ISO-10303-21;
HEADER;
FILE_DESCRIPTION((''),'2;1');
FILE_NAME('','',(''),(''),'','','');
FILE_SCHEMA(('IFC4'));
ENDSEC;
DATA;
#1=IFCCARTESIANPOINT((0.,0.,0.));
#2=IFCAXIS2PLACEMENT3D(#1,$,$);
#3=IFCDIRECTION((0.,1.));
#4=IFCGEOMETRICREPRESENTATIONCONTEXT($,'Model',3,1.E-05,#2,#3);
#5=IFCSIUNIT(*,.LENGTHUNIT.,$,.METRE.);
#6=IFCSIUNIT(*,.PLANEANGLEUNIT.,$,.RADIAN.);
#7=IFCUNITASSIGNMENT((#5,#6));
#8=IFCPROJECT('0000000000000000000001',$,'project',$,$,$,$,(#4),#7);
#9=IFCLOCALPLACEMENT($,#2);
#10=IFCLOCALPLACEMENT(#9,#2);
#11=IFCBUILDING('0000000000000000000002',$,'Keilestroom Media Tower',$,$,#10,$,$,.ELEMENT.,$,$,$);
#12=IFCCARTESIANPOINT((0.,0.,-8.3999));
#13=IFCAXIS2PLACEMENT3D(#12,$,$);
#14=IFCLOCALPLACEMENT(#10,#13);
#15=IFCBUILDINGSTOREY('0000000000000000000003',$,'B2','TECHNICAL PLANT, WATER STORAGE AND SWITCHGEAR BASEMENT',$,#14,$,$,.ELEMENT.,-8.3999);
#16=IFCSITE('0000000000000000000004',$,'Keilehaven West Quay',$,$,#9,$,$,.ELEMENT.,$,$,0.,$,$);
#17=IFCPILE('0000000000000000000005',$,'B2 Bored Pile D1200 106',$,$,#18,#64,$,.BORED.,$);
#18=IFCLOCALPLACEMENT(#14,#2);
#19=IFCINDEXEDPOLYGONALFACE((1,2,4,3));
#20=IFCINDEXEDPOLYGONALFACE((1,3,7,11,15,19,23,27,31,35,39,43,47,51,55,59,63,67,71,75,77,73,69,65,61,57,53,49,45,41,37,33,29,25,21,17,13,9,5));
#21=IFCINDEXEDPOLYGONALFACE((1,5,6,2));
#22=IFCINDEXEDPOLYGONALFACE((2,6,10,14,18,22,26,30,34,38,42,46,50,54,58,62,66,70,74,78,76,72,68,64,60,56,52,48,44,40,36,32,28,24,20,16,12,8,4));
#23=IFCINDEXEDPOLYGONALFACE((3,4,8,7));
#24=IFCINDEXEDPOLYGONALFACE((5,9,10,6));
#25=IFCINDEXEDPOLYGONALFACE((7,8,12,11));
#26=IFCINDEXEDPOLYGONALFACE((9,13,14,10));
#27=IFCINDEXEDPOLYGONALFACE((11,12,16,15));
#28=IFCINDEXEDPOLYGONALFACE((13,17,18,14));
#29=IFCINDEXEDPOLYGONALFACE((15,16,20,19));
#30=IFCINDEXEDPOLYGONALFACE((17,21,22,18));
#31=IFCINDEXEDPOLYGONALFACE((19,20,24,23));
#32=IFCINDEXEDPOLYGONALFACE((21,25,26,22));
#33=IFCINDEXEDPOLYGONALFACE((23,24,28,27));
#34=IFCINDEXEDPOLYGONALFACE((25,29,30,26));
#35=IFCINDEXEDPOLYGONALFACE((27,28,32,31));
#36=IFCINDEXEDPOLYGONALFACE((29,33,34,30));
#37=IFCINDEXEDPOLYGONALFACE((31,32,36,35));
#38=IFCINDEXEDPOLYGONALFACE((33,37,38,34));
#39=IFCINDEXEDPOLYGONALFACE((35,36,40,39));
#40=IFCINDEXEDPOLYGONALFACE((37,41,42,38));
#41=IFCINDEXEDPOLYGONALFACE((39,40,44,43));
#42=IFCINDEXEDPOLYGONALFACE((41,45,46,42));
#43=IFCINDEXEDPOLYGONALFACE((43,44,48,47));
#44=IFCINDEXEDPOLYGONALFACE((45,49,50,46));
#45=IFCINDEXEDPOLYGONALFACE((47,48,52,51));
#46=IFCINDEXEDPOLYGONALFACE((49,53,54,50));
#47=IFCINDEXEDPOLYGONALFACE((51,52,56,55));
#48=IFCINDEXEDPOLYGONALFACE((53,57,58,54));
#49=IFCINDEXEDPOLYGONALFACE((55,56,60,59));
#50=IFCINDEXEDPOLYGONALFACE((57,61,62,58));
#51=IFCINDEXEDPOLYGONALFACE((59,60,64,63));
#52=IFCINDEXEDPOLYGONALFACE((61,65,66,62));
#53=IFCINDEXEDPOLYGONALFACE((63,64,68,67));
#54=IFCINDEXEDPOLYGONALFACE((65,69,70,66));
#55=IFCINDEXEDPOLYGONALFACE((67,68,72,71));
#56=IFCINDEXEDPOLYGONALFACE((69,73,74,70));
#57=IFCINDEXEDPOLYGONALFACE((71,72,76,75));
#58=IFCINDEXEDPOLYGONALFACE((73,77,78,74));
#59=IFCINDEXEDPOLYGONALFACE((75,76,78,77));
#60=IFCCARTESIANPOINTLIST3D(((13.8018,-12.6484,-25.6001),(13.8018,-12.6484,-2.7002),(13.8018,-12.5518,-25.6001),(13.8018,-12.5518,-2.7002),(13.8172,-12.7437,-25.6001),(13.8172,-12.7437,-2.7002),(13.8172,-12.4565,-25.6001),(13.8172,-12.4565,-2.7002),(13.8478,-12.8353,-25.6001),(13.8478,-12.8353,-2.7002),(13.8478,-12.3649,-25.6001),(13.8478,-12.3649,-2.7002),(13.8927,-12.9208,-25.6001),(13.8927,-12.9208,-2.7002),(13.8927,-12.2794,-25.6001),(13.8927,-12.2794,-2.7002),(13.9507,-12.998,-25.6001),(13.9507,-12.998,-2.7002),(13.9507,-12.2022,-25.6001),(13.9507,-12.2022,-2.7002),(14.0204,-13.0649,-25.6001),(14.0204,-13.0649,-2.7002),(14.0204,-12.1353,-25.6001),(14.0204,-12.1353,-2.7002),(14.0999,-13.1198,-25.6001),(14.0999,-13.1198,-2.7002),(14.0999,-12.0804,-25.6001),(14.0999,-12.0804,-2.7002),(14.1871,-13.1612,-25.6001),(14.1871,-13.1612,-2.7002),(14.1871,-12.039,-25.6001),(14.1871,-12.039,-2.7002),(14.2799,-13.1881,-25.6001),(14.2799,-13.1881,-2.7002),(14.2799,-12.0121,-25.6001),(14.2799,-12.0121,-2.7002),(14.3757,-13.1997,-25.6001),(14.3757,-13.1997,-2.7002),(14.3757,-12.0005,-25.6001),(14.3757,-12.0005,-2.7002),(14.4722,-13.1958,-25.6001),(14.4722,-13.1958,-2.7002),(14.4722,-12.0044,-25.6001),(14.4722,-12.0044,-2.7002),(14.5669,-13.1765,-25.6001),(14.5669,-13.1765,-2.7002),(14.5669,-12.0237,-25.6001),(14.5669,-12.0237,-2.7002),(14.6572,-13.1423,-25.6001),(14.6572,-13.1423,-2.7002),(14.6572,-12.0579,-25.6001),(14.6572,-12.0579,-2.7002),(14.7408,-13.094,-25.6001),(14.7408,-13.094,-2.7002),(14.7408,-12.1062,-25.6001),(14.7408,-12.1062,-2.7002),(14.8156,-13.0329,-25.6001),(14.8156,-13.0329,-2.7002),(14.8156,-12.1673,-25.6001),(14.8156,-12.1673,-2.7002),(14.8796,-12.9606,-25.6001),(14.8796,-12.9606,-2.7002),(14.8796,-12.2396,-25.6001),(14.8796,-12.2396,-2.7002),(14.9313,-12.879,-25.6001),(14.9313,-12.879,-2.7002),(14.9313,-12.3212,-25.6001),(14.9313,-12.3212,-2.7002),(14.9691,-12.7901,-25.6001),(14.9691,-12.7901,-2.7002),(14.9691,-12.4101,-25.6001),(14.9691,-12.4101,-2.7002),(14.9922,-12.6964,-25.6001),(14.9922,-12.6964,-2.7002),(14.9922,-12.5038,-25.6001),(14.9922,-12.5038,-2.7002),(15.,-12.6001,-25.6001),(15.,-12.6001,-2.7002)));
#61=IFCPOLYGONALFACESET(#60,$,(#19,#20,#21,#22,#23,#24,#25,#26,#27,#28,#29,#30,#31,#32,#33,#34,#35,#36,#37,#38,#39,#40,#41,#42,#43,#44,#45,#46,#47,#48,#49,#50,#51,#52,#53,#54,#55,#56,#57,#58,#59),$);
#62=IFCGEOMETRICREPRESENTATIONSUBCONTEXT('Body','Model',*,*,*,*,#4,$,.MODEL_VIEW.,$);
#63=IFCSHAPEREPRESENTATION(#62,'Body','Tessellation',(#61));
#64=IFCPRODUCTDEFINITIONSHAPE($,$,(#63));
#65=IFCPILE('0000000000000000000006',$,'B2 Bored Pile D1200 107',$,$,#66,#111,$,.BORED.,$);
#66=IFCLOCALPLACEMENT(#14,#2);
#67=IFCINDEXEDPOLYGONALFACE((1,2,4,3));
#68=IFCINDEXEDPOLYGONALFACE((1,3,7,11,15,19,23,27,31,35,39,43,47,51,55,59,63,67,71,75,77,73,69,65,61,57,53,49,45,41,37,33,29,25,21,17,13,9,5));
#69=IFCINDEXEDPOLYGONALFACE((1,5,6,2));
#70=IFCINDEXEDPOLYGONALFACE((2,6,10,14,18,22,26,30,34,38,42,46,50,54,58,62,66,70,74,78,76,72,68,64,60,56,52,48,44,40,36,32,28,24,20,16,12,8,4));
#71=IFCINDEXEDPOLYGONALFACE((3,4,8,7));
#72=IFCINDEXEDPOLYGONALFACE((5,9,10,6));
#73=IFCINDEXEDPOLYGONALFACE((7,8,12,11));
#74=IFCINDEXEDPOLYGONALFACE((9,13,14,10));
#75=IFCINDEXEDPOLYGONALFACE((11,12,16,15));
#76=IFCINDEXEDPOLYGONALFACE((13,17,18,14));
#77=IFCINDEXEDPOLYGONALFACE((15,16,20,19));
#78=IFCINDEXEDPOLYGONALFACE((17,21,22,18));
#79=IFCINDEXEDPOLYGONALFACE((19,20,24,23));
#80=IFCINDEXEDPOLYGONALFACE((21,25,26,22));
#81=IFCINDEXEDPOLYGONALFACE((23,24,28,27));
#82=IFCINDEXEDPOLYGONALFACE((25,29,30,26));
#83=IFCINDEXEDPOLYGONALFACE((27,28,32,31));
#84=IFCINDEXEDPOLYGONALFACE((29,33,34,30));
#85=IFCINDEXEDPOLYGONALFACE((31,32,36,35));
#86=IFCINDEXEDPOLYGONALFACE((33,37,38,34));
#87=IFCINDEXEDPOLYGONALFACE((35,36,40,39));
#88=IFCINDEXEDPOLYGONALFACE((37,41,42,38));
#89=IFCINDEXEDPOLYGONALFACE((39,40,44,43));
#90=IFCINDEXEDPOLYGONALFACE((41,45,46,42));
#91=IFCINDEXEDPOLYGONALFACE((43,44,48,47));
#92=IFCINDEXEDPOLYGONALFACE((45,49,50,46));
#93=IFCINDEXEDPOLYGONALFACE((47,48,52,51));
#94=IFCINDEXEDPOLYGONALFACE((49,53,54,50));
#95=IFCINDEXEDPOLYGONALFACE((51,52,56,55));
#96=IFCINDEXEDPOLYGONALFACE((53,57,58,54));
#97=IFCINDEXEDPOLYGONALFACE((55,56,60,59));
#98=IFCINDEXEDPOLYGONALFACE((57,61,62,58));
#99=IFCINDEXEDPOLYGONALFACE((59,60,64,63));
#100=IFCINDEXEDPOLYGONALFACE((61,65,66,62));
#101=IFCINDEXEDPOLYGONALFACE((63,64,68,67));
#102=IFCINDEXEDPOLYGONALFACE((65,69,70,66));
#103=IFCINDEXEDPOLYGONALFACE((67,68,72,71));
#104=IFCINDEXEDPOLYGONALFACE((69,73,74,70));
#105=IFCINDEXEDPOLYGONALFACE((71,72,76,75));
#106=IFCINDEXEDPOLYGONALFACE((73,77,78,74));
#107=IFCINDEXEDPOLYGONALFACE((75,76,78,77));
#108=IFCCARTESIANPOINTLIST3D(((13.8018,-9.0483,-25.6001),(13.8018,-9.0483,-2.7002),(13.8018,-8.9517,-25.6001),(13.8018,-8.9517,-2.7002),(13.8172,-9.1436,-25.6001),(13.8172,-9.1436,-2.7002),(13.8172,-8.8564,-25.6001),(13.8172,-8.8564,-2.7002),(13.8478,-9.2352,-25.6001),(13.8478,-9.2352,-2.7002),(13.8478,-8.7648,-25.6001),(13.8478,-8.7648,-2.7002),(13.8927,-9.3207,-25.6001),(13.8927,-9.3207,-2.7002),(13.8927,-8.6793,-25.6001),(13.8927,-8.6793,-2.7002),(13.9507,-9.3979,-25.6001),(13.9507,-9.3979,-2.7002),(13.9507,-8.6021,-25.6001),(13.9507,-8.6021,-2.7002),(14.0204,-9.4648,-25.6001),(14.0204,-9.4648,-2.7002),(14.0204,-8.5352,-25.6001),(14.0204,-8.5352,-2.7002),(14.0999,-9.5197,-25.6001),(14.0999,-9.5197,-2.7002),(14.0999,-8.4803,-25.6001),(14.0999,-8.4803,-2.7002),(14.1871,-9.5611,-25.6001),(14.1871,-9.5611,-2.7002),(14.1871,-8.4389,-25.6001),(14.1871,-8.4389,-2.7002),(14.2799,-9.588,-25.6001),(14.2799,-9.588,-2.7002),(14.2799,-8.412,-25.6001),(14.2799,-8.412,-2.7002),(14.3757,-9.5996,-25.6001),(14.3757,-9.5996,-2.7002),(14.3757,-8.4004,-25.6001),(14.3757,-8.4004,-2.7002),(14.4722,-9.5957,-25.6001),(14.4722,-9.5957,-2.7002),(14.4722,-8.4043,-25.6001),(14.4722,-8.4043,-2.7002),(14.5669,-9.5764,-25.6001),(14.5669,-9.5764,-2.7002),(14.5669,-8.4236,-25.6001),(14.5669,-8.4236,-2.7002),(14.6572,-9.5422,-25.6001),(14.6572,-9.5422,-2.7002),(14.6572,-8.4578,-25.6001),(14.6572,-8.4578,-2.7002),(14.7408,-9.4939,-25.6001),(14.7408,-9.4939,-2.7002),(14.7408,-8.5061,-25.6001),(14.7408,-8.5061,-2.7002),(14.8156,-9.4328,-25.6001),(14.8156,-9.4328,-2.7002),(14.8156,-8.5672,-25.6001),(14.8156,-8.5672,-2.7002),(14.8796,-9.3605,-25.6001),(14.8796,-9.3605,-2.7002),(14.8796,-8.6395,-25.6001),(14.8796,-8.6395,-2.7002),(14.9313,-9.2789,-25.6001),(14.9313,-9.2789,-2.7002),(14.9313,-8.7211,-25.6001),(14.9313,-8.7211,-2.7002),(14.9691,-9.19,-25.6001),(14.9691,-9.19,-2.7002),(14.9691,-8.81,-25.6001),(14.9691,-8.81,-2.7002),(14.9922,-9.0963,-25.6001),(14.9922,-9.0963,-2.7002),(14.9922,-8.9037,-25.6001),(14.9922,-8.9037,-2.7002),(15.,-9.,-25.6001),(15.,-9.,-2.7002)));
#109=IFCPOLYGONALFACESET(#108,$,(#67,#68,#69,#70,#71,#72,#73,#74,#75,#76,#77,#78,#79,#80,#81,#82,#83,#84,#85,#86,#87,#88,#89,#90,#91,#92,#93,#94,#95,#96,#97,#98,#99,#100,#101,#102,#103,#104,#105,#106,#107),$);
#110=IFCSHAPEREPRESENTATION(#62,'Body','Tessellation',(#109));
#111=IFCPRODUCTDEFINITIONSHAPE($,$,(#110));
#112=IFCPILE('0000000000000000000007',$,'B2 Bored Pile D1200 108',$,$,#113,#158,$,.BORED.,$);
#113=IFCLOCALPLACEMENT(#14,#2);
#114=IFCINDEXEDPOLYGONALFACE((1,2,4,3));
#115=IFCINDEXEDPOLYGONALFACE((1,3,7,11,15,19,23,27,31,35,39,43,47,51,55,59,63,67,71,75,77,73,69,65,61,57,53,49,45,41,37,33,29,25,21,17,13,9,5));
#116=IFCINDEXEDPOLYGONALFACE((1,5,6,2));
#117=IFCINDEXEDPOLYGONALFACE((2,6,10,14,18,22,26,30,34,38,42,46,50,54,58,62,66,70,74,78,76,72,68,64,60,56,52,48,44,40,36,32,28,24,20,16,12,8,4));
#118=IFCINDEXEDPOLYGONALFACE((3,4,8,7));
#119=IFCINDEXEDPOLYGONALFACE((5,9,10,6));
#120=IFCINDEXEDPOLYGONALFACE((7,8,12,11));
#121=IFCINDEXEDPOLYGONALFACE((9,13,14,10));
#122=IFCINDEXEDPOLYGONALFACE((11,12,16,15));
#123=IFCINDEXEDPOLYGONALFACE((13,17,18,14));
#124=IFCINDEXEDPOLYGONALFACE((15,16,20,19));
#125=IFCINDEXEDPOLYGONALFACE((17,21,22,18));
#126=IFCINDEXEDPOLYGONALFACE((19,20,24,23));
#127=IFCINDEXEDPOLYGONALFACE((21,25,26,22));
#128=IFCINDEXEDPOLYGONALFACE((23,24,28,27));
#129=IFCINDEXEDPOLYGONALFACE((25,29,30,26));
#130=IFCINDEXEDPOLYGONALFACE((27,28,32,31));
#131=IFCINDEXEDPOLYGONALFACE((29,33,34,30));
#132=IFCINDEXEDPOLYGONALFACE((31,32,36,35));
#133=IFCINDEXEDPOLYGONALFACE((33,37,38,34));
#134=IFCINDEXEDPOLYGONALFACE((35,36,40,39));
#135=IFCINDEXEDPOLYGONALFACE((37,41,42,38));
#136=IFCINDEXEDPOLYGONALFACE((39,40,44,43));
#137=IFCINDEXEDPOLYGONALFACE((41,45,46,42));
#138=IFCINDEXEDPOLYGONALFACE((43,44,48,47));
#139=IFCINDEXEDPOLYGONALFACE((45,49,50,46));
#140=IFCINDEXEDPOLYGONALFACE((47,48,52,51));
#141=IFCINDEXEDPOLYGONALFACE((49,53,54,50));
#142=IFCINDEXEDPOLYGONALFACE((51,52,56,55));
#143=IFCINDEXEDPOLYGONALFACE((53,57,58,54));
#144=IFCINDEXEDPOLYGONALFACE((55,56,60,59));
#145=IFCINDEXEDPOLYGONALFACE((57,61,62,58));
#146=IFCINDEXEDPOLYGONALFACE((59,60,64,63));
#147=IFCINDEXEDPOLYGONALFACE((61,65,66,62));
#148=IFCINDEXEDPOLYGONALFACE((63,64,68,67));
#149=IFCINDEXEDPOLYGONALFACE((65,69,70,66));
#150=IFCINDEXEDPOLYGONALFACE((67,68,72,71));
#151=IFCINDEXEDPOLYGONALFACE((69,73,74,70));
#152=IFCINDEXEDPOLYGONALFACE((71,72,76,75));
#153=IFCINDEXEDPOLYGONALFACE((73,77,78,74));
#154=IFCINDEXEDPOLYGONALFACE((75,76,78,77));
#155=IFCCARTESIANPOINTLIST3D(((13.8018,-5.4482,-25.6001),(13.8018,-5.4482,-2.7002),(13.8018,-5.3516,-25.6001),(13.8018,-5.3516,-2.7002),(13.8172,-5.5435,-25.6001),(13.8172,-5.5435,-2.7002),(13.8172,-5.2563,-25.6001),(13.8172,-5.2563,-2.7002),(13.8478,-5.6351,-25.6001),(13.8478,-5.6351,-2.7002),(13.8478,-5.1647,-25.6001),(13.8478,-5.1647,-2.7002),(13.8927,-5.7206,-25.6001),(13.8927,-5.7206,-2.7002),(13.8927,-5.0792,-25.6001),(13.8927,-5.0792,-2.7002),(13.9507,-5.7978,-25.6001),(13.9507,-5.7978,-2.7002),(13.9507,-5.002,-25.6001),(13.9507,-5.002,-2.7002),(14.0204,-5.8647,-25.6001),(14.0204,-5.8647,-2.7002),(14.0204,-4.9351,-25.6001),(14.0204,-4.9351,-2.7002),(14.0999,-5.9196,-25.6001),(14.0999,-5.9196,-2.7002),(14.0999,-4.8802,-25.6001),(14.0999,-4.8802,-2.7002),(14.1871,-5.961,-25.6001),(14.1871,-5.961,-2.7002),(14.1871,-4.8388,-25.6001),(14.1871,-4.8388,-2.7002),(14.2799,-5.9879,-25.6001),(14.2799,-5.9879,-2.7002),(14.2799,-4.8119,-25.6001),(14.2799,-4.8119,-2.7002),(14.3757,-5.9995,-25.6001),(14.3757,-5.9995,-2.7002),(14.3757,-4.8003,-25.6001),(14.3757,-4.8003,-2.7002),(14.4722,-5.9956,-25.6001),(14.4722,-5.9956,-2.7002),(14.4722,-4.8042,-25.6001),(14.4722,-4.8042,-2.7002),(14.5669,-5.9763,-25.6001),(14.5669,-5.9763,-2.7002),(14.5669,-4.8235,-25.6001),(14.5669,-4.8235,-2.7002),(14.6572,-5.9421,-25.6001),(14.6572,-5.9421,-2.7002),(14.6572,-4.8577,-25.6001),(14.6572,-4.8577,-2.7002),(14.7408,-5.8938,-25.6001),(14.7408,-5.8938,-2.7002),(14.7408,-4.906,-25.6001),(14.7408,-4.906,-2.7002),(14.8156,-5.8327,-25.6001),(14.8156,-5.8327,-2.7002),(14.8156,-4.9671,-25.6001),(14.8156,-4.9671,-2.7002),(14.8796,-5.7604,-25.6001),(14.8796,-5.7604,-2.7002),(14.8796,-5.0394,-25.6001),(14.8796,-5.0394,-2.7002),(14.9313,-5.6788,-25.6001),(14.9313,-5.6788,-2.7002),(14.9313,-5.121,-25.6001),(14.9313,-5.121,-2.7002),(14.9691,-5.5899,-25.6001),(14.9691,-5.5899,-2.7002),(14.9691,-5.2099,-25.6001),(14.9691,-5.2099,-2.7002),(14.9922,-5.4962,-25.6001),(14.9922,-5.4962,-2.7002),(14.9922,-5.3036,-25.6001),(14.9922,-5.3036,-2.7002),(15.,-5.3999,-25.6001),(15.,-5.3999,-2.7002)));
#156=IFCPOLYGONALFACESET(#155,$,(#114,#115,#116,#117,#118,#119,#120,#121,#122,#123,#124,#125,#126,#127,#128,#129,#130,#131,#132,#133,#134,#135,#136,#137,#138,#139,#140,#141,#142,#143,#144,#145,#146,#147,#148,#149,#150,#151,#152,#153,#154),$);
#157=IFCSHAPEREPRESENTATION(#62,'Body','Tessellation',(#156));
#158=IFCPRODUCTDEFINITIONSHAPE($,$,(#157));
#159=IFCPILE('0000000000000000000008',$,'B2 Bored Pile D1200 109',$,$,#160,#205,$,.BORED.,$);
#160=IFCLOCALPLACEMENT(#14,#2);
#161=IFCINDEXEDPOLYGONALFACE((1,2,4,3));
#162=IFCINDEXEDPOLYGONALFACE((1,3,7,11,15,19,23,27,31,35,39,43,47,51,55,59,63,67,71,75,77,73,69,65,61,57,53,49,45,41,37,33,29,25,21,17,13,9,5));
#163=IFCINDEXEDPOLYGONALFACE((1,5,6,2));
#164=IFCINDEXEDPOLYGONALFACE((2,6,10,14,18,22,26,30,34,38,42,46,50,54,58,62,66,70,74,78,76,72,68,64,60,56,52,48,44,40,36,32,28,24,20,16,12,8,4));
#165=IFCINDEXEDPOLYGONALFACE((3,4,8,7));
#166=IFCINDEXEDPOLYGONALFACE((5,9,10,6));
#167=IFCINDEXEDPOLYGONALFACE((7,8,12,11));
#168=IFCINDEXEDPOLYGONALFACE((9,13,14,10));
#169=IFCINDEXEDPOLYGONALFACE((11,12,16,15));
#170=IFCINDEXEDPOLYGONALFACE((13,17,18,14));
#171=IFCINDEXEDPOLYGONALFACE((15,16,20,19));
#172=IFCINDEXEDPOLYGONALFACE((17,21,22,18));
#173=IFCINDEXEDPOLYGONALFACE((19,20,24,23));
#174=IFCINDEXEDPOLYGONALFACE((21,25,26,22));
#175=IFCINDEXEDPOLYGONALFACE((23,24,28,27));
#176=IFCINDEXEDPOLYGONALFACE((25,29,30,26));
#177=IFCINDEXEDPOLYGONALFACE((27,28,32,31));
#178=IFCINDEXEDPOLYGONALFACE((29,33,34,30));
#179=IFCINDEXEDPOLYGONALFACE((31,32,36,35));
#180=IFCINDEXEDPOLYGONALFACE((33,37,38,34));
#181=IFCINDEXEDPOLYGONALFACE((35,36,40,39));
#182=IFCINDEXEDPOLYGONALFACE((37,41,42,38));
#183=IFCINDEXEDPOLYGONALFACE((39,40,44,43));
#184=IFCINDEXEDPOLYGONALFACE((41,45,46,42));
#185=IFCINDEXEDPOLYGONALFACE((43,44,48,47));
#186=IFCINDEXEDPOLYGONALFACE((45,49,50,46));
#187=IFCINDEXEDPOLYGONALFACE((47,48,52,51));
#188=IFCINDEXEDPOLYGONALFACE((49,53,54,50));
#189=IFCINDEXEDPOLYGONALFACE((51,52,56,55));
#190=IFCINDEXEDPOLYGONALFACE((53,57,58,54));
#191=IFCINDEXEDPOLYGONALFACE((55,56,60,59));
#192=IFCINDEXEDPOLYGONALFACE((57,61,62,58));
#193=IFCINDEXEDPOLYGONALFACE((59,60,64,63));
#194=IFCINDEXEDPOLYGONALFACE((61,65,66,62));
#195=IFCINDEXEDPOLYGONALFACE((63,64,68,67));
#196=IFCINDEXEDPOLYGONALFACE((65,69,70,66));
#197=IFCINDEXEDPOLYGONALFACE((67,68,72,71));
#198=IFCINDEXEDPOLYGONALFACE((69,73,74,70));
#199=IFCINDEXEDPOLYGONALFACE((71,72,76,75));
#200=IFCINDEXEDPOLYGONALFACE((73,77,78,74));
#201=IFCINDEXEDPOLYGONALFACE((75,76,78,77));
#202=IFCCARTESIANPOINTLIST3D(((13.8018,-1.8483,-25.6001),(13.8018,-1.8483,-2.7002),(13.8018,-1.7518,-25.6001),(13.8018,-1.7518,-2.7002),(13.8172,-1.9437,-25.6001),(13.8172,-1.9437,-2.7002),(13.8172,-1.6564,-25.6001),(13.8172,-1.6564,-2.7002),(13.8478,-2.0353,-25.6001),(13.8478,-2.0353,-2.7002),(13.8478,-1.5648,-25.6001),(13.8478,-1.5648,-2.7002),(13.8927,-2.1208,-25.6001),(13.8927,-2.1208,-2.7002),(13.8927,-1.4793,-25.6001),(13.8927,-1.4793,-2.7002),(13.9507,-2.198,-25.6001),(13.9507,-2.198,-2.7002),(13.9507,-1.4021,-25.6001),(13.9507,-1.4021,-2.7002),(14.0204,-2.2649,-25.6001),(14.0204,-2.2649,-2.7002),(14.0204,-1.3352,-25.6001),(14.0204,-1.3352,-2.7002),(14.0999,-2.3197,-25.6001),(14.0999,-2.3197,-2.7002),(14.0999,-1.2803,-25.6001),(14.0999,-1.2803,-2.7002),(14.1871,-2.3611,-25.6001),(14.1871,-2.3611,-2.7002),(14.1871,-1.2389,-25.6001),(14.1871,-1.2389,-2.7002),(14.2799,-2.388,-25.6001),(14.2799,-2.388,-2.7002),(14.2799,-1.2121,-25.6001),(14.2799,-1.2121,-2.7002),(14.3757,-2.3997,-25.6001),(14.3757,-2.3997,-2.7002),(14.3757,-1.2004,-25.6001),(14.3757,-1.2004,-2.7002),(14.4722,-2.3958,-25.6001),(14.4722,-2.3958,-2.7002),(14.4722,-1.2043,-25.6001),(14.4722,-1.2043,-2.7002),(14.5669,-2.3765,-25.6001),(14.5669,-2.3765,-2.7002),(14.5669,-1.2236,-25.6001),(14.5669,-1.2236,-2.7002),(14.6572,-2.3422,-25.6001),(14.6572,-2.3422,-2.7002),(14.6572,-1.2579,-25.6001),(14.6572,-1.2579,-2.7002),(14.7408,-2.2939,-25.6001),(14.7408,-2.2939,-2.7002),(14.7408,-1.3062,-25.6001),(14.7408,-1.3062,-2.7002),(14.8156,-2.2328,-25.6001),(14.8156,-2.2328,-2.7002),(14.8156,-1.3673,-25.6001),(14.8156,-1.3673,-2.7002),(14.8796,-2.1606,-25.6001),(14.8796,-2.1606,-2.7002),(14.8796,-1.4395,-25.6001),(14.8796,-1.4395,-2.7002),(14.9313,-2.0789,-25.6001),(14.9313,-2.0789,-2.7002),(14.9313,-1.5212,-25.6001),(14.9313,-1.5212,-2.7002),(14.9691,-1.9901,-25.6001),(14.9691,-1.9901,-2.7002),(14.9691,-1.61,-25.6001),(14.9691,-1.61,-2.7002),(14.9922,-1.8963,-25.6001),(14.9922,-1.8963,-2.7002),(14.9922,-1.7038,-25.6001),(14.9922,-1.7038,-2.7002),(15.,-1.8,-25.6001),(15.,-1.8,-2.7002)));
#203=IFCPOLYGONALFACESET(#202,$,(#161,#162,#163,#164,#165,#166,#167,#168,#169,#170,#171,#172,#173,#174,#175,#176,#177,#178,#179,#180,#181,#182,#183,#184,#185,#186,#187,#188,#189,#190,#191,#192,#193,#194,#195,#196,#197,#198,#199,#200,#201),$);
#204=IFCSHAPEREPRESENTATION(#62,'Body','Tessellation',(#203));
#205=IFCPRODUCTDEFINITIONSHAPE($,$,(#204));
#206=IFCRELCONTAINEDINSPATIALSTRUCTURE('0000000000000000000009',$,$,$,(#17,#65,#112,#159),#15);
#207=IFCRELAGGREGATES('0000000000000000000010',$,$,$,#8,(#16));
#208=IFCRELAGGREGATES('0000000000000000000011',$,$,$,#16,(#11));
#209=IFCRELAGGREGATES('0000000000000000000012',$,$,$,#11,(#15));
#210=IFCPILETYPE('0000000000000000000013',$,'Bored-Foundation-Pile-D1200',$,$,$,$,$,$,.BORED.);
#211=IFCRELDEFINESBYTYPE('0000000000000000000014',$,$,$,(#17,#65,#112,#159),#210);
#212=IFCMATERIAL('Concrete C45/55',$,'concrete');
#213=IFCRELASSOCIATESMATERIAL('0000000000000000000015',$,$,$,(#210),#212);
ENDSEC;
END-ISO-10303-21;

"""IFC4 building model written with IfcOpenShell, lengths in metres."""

from ifc_helpers import new_model, si_unit, direction, frame, origin, origin_2d, place, context, subcontext, project, spatial, circle, extrude, source, transform, mapped, material, material_profile, profile_set, type_object, element, save


model = new_model("IFC4")

# Units and contexts
model_context = context("Model", 3, precision=1e-05, world=origin(), true_north=direction((0.0, 1.0)))
body_context = subcontext(model_context, "Body", "Model", "MODEL_VIEW")
ifc_project = project(units=[si_unit("LENGTHUNIT", "METRE"), si_unit("PLANEANGLEUNIT", "RADIAN")], contexts=[model_context])

# Site, building, storey
site_placement = place(None, origin())
site = spatial("IfcSite", under=ifc_project, at=site_placement, Name="Keilehaven West Quay", CompositionType="ELEMENT", RefElevation=0.0)
building_placement = place(site_placement, origin())
building = spatial("IfcBuilding", under=site, at=building_placement, Name="Keilestroom Media Tower", CompositionType="ELEMENT")
storey_placement = place(building_placement, frame((0.0, 0.0, -8.3999)))
storey = spatial("IfcBuildingStorey", under=building, at=storey_placement, Name="B2", Description="TECHNICAL PLANT, WATER STORAGE AND SWITCHGEAR BASEMENT", CompositionType="ELEMENT", Elevation=-8.3999)

# Piles
ifc_material_1 = material(Name="Concrete C45/55", Category="concrete")
ifc_material_profile_1 = material_profile(ifc_material_1, circle(Radius=0.6001, at=origin_2d()), Name="BORED PILE D1200")
ifc_profile_set_1 = profile_set([ifc_material_profile_1], Name="Concrete C45/55")
pile_type = type_object("IfcPileType", Name="Bored-Foundation-Pile-D1200", PredefinedType="BORED", material=ifc_profile_set_1)
shared_shape_1 = source(origin(), body_context, "Body", "SweptSolid", [
    extrude(circle(Radius=0.6001, at=origin_2d()), origin(), (0.0, 0.0, 1.0), 22.8999),
])
for number, where, z_axis, x_axis, name in (
    (1, (14.3999, -12.6001, -2.7002), (0.0, 0.0, -1.0), (1.0, 0.0, 0.0), "B2 Bored Pile D1200 106"),
    (2, (14.3999, -9.0, -2.7002), (0.0, 0.0, -1.0), (1.0, 0.0, 0.0), "B2 Bored Pile D1200 107"),
    (3, (14.3999, -5.3999, -2.7002), (0.0, 0.0, -1.0), (1.0, 0.0, 0.0), "B2 Bored Pile D1200 108"),
    (4, (14.3999, -1.8, -2.7002), (0.0, 0.0, -1.0), (1.0, 0.0, 0.0), "B2 Bored Pile D1200 109"),
):
    element("IfcPile", number, at=place(storey_placement, frame(where, z_axis=z_axis, x_axis=x_axis)), inside=storey, type_object=pile_type, Name=name, PredefinedType="BORED", context=body_context, shape_type="MappedRepresentation", body=[
        mapped(shared_shape_1, transform((0.0, 0.0, 0.0), x_axis=(1.0, 0.0, 0.0), y_axis=(0.0, 1.0, 0.0), z_axis=(0.0, 0.0, 1.0), scale=1.0)),
    ])

save(model, "model.ifc")
